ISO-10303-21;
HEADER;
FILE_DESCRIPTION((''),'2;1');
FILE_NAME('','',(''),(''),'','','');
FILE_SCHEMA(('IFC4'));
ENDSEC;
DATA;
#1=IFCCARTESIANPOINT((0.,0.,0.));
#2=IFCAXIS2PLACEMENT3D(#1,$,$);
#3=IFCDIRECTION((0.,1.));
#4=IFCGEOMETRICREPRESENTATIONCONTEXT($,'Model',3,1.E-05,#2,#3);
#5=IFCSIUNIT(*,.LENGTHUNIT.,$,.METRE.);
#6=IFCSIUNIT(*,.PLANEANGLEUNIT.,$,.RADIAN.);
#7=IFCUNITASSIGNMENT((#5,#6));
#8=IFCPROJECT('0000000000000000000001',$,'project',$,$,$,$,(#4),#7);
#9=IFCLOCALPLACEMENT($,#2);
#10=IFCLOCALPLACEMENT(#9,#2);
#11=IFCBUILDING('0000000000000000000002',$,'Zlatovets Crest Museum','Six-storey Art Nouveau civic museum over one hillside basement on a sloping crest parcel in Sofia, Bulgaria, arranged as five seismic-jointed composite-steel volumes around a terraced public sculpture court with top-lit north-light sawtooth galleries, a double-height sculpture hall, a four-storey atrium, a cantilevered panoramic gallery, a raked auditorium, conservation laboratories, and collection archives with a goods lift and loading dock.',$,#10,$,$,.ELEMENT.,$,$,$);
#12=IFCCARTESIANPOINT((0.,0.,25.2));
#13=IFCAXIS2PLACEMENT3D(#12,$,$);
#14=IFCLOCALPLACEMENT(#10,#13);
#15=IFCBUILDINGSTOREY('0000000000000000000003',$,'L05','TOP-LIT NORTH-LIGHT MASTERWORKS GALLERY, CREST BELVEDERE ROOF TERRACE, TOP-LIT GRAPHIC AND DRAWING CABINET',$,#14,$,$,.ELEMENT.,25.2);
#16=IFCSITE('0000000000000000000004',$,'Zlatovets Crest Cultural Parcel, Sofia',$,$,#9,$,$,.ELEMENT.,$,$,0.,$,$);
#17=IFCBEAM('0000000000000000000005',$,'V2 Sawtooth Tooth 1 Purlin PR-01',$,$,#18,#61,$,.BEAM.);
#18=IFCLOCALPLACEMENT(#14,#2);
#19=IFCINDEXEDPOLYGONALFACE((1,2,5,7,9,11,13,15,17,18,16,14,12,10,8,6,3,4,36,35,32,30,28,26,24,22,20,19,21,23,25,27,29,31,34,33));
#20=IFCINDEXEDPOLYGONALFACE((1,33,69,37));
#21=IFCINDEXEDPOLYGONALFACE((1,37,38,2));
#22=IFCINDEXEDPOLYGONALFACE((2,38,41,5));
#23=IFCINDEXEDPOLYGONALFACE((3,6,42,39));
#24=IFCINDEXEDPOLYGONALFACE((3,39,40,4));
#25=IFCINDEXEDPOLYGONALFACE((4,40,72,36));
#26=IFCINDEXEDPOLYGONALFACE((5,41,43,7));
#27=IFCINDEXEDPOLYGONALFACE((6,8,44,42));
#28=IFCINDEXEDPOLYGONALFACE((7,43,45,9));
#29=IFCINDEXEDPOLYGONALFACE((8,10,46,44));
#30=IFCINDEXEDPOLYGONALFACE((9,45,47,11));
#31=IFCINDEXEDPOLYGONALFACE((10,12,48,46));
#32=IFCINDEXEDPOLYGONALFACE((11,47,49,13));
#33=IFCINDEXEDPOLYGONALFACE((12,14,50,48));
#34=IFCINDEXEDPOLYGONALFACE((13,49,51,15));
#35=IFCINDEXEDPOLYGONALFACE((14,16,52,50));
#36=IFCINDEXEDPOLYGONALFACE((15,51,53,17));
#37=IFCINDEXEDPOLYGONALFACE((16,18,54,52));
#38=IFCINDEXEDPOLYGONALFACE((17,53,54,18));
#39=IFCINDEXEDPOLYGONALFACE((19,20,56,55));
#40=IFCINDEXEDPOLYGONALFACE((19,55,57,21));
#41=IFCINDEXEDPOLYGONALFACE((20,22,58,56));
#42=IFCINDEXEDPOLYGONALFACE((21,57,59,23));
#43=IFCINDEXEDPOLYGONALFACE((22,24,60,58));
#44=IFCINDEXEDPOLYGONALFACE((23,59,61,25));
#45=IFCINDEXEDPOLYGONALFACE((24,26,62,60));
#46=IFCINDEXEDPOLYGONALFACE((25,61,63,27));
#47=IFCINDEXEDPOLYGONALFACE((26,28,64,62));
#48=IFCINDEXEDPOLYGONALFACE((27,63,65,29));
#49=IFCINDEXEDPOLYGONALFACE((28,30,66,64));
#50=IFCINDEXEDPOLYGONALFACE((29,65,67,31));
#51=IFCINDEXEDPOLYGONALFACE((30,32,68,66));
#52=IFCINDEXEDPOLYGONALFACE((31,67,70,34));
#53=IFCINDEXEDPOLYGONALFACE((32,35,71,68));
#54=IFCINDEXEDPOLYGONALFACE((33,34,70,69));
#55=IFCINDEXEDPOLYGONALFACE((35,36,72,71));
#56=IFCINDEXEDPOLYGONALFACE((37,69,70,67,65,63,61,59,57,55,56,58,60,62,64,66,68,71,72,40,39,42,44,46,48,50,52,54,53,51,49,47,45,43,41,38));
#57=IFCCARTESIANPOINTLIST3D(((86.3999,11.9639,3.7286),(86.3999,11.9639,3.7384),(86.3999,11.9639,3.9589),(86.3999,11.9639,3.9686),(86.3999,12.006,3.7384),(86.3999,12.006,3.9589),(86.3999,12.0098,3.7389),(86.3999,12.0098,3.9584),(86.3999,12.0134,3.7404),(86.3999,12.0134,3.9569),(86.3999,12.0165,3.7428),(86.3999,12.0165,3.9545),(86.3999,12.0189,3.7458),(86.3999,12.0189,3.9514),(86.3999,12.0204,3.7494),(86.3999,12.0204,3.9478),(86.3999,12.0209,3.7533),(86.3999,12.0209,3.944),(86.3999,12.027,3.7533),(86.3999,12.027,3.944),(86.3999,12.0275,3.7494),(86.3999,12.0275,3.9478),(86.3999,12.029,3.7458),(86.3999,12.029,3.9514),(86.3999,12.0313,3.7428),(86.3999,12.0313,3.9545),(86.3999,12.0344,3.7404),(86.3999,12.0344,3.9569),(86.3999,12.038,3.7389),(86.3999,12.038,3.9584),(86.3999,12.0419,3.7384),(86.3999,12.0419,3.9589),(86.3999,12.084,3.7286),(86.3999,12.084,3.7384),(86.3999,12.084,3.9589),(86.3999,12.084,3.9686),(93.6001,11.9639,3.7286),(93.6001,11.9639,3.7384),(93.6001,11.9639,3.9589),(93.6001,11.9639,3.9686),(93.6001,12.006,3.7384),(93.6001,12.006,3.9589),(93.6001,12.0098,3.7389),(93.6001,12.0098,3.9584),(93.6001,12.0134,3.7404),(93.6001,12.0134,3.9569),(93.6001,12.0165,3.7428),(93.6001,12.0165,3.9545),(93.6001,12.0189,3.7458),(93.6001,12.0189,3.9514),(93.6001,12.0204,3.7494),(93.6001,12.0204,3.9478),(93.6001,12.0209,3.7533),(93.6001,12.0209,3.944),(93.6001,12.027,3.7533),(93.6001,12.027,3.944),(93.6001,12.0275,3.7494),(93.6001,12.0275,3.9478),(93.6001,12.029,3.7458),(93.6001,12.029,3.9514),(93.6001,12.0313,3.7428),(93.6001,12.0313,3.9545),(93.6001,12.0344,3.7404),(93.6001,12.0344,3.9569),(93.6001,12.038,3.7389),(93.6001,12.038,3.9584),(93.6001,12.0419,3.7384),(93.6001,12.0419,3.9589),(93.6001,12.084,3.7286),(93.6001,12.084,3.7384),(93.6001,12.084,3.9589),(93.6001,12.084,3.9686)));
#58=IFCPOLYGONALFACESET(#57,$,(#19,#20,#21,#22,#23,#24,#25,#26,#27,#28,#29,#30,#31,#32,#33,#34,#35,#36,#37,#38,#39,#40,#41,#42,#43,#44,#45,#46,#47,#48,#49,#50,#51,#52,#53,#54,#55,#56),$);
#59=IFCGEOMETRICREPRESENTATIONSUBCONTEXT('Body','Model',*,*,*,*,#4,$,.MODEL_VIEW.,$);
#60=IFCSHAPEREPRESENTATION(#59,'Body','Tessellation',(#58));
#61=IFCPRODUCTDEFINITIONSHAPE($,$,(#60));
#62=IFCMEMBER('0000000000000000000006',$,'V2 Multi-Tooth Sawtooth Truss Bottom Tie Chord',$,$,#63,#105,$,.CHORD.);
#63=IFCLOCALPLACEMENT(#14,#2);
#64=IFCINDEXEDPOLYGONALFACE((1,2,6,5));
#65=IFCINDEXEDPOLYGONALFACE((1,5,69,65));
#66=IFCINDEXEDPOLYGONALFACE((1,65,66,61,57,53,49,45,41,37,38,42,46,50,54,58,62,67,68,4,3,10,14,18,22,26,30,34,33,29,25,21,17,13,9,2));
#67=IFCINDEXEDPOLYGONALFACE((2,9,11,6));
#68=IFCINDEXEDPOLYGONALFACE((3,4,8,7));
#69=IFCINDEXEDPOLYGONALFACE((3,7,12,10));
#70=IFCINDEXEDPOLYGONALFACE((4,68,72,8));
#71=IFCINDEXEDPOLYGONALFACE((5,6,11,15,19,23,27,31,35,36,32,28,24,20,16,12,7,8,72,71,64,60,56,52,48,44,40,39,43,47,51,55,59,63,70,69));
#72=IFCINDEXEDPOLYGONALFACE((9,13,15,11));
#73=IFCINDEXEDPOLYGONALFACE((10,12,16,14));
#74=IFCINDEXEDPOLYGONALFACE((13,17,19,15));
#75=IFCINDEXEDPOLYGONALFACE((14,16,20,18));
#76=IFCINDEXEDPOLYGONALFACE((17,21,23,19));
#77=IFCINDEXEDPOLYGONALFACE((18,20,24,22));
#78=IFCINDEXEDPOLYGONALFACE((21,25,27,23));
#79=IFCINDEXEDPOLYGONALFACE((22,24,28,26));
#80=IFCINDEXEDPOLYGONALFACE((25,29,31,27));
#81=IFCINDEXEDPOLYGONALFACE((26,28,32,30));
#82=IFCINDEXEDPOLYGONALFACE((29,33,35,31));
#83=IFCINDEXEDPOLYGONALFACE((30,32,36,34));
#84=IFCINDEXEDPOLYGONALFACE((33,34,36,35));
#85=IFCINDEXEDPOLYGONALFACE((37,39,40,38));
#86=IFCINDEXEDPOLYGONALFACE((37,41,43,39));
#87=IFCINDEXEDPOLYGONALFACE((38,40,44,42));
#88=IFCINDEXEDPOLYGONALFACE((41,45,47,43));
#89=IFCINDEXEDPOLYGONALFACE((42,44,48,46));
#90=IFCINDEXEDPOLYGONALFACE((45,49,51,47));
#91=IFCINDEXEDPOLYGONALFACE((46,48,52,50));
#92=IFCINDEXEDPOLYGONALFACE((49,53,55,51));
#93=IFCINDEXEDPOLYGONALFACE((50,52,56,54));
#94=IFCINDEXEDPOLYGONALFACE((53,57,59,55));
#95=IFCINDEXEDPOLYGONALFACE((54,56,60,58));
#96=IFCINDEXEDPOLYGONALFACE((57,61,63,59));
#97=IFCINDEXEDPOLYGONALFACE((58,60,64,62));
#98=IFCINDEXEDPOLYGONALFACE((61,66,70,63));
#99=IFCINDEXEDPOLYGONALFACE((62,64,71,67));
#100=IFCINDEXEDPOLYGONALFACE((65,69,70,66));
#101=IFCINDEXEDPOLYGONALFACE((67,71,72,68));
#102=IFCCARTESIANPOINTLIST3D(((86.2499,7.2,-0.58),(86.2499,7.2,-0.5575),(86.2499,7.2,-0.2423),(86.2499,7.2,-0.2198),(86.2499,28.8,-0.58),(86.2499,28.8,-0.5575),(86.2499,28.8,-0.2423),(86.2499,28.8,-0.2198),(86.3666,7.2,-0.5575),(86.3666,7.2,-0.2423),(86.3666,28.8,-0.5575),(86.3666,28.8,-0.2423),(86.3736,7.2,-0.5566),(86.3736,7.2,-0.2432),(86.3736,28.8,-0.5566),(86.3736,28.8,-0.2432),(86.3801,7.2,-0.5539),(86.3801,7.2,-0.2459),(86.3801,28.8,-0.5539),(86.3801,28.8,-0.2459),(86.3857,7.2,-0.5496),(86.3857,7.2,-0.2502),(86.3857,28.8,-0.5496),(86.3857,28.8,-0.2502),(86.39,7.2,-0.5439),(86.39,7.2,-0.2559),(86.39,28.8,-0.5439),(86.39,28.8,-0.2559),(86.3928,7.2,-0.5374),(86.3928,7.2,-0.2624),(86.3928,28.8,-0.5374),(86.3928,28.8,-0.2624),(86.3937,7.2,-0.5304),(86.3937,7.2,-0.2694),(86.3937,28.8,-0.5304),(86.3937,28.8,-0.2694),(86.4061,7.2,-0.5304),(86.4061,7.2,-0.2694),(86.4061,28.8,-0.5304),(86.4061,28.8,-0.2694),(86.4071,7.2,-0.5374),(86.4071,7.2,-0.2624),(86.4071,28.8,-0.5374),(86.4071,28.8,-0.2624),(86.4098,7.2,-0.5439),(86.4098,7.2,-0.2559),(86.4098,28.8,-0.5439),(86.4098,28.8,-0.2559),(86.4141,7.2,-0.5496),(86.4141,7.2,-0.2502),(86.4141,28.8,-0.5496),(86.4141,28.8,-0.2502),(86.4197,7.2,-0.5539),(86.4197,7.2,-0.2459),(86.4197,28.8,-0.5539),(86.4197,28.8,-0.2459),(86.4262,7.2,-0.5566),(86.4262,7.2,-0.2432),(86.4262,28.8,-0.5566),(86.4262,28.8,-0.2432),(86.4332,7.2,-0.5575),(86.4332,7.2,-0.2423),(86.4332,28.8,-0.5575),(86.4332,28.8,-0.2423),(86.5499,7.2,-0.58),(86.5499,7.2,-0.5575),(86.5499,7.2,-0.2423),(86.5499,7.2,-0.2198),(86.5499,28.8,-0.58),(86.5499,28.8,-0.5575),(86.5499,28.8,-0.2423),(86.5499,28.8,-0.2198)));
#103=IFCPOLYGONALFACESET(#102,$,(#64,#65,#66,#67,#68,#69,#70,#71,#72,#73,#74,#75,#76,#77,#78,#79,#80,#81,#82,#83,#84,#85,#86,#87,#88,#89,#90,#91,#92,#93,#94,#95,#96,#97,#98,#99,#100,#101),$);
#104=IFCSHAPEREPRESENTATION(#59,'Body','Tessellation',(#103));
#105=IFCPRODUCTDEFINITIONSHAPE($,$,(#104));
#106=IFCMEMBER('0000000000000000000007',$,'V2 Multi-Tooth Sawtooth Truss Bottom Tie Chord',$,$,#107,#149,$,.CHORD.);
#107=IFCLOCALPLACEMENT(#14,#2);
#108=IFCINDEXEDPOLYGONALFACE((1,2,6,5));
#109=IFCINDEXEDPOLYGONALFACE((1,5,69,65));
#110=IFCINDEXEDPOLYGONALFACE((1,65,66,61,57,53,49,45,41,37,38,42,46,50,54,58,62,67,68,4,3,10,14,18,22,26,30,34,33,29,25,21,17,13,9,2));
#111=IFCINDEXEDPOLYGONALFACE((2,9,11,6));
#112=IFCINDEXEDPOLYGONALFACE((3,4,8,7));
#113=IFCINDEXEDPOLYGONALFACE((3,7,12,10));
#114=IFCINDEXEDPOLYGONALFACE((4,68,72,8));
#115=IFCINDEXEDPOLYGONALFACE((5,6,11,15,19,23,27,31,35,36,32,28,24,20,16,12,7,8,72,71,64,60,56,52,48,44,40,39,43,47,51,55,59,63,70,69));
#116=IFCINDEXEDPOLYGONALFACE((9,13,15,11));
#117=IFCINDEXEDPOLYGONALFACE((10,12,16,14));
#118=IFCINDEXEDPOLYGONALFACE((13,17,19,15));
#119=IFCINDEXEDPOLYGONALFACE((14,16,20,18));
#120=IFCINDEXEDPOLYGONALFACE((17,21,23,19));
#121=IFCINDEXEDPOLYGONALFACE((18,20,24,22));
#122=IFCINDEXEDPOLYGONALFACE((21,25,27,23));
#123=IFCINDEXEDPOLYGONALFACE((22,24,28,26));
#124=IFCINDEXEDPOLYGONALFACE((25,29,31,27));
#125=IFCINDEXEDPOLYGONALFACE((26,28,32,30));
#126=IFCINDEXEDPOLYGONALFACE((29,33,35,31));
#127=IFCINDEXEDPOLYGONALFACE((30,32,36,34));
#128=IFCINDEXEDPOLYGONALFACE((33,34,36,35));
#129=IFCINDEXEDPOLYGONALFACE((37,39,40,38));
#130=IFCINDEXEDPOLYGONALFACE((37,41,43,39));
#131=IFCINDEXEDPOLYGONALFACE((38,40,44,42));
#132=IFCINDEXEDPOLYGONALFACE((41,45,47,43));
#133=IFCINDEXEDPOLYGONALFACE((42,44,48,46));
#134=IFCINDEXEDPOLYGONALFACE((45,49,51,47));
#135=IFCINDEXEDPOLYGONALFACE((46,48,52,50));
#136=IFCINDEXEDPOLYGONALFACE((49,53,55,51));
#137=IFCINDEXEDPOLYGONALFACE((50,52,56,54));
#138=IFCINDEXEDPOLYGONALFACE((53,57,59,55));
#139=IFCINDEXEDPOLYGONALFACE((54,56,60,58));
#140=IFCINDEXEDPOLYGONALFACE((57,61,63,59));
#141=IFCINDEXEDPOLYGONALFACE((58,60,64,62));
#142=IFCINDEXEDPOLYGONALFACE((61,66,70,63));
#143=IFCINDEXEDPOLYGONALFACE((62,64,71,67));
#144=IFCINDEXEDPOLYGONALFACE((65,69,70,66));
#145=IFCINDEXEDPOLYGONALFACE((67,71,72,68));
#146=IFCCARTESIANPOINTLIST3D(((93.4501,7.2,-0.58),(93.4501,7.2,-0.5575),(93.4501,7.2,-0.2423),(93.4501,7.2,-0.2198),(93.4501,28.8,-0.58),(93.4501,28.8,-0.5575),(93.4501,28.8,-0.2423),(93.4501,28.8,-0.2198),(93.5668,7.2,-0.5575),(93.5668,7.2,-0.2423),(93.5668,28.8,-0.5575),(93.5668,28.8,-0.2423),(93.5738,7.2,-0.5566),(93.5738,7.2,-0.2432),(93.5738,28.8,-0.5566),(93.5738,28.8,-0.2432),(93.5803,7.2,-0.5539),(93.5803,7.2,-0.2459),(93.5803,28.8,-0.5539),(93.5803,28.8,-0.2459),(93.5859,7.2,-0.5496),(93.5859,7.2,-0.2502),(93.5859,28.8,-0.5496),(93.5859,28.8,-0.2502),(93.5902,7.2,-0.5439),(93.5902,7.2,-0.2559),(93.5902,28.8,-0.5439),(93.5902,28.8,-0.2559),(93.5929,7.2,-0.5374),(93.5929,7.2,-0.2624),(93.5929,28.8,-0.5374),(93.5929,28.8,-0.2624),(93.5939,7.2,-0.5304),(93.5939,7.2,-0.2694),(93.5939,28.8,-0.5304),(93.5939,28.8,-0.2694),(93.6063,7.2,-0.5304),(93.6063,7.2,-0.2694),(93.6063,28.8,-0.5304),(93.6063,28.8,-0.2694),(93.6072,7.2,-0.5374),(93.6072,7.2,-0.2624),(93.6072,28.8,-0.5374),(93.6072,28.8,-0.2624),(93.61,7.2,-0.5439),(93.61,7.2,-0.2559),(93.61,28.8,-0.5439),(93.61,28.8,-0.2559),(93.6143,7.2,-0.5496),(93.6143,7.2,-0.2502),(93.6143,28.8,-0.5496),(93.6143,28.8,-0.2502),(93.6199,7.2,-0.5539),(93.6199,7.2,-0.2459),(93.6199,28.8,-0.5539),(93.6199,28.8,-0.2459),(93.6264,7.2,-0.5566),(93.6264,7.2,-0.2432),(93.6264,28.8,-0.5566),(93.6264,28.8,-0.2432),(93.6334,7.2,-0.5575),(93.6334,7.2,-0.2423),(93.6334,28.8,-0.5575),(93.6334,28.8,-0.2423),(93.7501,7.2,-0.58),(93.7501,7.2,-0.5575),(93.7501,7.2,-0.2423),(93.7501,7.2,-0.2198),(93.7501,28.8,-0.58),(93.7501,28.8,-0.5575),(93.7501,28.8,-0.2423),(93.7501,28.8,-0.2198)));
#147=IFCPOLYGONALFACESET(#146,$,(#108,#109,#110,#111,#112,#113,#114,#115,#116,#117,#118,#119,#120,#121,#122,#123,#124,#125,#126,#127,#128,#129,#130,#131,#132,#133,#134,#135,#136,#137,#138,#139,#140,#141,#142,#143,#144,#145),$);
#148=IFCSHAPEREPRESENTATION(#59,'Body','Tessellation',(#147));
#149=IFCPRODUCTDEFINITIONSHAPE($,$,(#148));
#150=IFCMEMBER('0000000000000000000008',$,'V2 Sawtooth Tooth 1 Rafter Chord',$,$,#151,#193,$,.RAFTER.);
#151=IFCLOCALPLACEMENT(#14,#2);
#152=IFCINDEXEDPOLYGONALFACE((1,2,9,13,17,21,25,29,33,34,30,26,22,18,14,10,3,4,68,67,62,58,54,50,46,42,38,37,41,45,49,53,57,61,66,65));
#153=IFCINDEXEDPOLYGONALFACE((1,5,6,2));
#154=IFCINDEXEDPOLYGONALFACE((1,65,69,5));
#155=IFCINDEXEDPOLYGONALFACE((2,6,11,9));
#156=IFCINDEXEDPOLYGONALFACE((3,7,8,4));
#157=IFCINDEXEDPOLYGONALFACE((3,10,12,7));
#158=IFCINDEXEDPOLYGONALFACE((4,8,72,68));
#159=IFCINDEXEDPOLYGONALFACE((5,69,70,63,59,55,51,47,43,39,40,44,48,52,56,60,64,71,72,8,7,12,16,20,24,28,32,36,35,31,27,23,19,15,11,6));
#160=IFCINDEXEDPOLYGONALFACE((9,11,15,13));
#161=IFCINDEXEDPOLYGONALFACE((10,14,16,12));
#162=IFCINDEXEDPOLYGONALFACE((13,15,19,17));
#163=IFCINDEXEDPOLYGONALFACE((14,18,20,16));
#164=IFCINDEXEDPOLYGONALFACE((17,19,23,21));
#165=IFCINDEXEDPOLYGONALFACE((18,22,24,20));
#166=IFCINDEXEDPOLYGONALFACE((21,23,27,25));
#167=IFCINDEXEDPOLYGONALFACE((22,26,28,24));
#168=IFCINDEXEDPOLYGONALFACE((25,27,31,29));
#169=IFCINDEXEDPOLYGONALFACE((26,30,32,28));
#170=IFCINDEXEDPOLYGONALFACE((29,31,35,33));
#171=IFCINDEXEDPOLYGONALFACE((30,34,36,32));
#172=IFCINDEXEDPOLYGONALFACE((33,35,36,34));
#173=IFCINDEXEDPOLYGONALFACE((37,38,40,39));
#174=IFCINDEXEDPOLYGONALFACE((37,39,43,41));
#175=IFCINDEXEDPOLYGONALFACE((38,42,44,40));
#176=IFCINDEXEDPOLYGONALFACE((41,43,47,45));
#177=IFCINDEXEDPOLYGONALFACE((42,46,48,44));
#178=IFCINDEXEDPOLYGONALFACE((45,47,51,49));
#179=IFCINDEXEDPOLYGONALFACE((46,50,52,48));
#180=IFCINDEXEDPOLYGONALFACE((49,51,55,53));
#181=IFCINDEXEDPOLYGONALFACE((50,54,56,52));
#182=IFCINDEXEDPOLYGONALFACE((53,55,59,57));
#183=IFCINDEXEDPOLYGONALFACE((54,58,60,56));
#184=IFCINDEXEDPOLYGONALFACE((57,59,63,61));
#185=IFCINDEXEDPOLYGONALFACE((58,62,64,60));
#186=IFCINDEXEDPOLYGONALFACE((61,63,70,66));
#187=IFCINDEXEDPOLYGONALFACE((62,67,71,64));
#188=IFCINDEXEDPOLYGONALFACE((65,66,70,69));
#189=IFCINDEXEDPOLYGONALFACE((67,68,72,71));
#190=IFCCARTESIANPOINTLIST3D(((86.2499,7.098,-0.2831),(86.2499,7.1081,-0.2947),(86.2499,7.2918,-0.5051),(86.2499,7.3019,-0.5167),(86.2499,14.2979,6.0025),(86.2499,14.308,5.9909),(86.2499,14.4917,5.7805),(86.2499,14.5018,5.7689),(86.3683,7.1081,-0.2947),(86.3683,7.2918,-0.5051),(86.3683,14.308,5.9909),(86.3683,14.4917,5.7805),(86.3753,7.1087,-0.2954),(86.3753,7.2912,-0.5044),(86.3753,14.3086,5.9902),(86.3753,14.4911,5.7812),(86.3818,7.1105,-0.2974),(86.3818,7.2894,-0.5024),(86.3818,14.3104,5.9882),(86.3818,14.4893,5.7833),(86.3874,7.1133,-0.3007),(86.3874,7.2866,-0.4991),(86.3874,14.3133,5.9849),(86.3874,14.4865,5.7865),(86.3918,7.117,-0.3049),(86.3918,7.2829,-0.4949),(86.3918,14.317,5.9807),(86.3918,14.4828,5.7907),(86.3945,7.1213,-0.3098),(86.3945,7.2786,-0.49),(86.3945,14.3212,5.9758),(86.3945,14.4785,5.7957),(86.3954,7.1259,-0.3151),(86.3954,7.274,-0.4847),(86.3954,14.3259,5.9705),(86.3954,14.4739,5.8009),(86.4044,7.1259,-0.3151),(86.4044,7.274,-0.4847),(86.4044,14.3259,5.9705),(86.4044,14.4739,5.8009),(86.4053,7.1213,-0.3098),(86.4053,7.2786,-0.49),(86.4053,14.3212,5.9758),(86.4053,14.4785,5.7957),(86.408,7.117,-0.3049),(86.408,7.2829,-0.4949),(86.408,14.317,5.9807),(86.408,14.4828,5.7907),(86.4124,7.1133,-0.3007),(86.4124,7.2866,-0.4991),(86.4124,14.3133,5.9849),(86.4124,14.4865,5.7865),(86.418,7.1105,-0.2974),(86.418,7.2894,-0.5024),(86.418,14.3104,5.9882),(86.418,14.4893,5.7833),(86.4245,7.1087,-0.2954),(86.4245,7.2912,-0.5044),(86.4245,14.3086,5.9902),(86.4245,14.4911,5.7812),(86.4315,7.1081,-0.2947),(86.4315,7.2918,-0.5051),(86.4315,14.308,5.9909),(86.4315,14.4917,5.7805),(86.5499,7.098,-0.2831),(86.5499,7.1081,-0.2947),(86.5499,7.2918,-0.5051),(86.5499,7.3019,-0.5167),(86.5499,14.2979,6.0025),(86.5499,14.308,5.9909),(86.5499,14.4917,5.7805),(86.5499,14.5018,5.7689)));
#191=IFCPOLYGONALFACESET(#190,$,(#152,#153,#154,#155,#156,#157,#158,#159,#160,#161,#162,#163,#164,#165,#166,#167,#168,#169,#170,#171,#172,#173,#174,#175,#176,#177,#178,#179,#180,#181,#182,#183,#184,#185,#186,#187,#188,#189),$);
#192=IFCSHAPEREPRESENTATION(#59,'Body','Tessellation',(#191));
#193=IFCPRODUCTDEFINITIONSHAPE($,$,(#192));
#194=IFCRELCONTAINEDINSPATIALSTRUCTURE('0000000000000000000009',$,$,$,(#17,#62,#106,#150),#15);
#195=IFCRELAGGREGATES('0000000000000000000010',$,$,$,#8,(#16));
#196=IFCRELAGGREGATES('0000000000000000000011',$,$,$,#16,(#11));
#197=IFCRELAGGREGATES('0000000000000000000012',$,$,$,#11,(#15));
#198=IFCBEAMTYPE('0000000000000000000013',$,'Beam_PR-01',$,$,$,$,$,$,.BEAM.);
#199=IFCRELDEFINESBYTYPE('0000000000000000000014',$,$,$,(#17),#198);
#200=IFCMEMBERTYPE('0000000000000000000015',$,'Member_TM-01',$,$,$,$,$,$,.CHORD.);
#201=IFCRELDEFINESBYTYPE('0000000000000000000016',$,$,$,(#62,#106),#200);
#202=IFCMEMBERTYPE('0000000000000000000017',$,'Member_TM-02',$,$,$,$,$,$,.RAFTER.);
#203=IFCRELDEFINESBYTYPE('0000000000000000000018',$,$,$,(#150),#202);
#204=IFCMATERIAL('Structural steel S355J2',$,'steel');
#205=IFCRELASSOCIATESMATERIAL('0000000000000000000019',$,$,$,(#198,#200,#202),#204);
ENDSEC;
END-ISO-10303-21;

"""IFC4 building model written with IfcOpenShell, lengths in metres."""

from ifc_helpers import new_model, si_unit, direction, frame, origin, origin_2d, place, context, subcontext, project, spatial, i_section, extrude, material, material_profile, profile_set, type_object, element, save


model = new_model("IFC4")

# Units and contexts
model_context = context("Model", 3, precision=1e-05, world=origin(), true_north=direction((0.0, 1.0)))
body_context = subcontext(model_context, "Body", "Model", "MODEL_VIEW")
ifc_project = project(units=[si_unit("LENGTHUNIT", "METRE"), si_unit("PLANEANGLEUNIT", "RADIAN")], contexts=[model_context])

# Site, building, storey
site_placement = place(None, origin())
site = spatial("IfcSite", under=ifc_project, at=site_placement, Name="Zlatovets Crest Cultural Parcel, Sofia", CompositionType="ELEMENT", RefElevation=0.0)
building_placement = place(site_placement, origin())
building = spatial("IfcBuilding", under=site, at=building_placement, Name="Zlatovets Crest Museum", Description="Six-storey Art Nouveau civic museum over one hillside basement on a sloping crest parcel in Sofia, Bulgaria, arranged as five seismic-jointed composite-steel volumes around a terraced public sculpture court with top-lit north-light sawtooth galleries, a double-height sculpture hall, a four-storey atrium, a cantilevered panoramic gallery, a raked auditorium, conservation laboratories, and collection archives with a goods lift and loading dock.", CompositionType="ELEMENT")
storey_placement = place(building_placement, frame((0.0, 0.0, 25.2)))
storey = spatial("IfcBuildingStorey", under=building, at=storey_placement, Name="L05", Description="TOP-LIT NORTH-LIGHT MASTERWORKS GALLERY, CREST BELVEDERE ROOF TERRACE, TOP-LIT GRAPHIC AND DRAWING CABINET", CompositionType="ELEMENT", Elevation=25.2)

# Beam
ifc_material_1 = material(Name="Structural steel S355J2", Category="steel")
ifc_material_profile_1 = material_profile(ifc_material_1, i_section(OverallWidth=0.1201, OverallDepth=0.24, WebThickness=0.0061, FlangeThickness=0.0098, FilletRadius=0.0149, at=origin_2d()), Name="IPE 240")
ifc_profile_set_1 = profile_set([ifc_material_profile_1], Name="Structural steel S355J2")
beam_type_1 = type_object("IfcBeamType", Name="Beam_PR-01", PredefinedType="BEAM", material=ifc_profile_set_1)
for number, where, z_axis, x_axis, name in (
    (1, (86.3999, 12.0239, 3.8486), (1.0, 0.0, 0.0), (0.0, 1.0, 0.0), "V2 Sawtooth Tooth 1 Purlin PR-01"),
):
    element("IfcBeam", number, at=place(storey_placement, frame(where, z_axis=z_axis, x_axis=x_axis)), inside=storey, type_object=beam_type_1, Name=name, PredefinedType="BEAM", context=body_context, shape_type="SweptSolid", body=[
        extrude(i_section(OverallWidth=0.1201, OverallDepth=0.24, WebThickness=0.0061, FlangeThickness=0.0098, FilletRadius=0.0149, at=origin_2d()), origin(), (0.0, 0.0, 1.0), 7.2002),
    ])

# Members
ifc_material_profile_2 = material_profile(ifc_material_1, i_section(OverallWidth=0.3, OverallDepth=0.3601, WebThickness=0.0125, FlangeThickness=0.0225, FilletRadius=0.0271, at=origin_2d()), Name="HEB 360")
ifc_profile_set_2 = profile_set([ifc_material_profile_2], Name="Structural steel S355J2")
member_type_1 = type_object("IfcMemberType", Name="Member_TM-01", PredefinedType="CHORD", material=ifc_profile_set_2)
for number, where, z_axis, x_axis, name in (
    (2, (86.3999, 7.2, -0.3999), (0.0, 1.0, 0.0), (-1.0, 0.0, 0.0), "V2 Multi-Tooth Sawtooth Truss Bottom Tie Chord"),
    (3, (93.6001, 7.2, -0.3999), (0.0, 1.0, 0.0), (-1.0, 0.0, 0.0), "V2 Multi-Tooth Sawtooth Truss Bottom Tie Chord"),
):
    element("IfcMember", number, at=place(storey_placement, frame(where, z_axis=z_axis, x_axis=x_axis)), inside=storey, type_object=member_type_1, Name=name, PredefinedType="CHORD", context=body_context, shape_type="SweptSolid", body=[
        extrude(i_section(OverallWidth=0.3, OverallDepth=0.3601, WebThickness=0.0125, FlangeThickness=0.0225, FilletRadius=0.0271, at=origin_2d()), origin(), (0.0, 0.0, 1.0), 21.6001),
    ])
ifc_material_profile_3 = material_profile(ifc_material_1, i_section(OverallWidth=0.3, OverallDepth=0.3101, WebThickness=0.009, FlangeThickness=0.0154, FilletRadius=0.0271, at=origin_2d()), Name="HEA 320")
ifc_profile_set_3 = profile_set([ifc_material_profile_3], Name="Structural steel S355J2")
member_type_2 = type_object("IfcMemberType", Name="Member_TM-02", PredefinedType="RAFTER", material=ifc_profile_set_3)
member_1_placement = place(storey_placement, frame((86.3999, 7.2, -0.3999), z_axis=(0.0, 0.753318, 0.657656), x_axis=(-1.0, 0.0, 0.0)))
element("IfcMember", 4, at=member_1_placement, inside=storey, type_object=member_type_2, Name="V2 Sawtooth Tooth 1 Rafter Chord", PredefinedType="RAFTER", context=body_context, shape_type="SweptSolid", body=[
    extrude(i_section(OverallWidth=0.3, OverallDepth=0.3101, WebThickness=0.009, FlangeThickness=0.0154, FilletRadius=0.0271, at=origin_2d()), origin(), (0.0, 0.0, 1.0), 9.5576),
])

save(model, "model.ifc")
